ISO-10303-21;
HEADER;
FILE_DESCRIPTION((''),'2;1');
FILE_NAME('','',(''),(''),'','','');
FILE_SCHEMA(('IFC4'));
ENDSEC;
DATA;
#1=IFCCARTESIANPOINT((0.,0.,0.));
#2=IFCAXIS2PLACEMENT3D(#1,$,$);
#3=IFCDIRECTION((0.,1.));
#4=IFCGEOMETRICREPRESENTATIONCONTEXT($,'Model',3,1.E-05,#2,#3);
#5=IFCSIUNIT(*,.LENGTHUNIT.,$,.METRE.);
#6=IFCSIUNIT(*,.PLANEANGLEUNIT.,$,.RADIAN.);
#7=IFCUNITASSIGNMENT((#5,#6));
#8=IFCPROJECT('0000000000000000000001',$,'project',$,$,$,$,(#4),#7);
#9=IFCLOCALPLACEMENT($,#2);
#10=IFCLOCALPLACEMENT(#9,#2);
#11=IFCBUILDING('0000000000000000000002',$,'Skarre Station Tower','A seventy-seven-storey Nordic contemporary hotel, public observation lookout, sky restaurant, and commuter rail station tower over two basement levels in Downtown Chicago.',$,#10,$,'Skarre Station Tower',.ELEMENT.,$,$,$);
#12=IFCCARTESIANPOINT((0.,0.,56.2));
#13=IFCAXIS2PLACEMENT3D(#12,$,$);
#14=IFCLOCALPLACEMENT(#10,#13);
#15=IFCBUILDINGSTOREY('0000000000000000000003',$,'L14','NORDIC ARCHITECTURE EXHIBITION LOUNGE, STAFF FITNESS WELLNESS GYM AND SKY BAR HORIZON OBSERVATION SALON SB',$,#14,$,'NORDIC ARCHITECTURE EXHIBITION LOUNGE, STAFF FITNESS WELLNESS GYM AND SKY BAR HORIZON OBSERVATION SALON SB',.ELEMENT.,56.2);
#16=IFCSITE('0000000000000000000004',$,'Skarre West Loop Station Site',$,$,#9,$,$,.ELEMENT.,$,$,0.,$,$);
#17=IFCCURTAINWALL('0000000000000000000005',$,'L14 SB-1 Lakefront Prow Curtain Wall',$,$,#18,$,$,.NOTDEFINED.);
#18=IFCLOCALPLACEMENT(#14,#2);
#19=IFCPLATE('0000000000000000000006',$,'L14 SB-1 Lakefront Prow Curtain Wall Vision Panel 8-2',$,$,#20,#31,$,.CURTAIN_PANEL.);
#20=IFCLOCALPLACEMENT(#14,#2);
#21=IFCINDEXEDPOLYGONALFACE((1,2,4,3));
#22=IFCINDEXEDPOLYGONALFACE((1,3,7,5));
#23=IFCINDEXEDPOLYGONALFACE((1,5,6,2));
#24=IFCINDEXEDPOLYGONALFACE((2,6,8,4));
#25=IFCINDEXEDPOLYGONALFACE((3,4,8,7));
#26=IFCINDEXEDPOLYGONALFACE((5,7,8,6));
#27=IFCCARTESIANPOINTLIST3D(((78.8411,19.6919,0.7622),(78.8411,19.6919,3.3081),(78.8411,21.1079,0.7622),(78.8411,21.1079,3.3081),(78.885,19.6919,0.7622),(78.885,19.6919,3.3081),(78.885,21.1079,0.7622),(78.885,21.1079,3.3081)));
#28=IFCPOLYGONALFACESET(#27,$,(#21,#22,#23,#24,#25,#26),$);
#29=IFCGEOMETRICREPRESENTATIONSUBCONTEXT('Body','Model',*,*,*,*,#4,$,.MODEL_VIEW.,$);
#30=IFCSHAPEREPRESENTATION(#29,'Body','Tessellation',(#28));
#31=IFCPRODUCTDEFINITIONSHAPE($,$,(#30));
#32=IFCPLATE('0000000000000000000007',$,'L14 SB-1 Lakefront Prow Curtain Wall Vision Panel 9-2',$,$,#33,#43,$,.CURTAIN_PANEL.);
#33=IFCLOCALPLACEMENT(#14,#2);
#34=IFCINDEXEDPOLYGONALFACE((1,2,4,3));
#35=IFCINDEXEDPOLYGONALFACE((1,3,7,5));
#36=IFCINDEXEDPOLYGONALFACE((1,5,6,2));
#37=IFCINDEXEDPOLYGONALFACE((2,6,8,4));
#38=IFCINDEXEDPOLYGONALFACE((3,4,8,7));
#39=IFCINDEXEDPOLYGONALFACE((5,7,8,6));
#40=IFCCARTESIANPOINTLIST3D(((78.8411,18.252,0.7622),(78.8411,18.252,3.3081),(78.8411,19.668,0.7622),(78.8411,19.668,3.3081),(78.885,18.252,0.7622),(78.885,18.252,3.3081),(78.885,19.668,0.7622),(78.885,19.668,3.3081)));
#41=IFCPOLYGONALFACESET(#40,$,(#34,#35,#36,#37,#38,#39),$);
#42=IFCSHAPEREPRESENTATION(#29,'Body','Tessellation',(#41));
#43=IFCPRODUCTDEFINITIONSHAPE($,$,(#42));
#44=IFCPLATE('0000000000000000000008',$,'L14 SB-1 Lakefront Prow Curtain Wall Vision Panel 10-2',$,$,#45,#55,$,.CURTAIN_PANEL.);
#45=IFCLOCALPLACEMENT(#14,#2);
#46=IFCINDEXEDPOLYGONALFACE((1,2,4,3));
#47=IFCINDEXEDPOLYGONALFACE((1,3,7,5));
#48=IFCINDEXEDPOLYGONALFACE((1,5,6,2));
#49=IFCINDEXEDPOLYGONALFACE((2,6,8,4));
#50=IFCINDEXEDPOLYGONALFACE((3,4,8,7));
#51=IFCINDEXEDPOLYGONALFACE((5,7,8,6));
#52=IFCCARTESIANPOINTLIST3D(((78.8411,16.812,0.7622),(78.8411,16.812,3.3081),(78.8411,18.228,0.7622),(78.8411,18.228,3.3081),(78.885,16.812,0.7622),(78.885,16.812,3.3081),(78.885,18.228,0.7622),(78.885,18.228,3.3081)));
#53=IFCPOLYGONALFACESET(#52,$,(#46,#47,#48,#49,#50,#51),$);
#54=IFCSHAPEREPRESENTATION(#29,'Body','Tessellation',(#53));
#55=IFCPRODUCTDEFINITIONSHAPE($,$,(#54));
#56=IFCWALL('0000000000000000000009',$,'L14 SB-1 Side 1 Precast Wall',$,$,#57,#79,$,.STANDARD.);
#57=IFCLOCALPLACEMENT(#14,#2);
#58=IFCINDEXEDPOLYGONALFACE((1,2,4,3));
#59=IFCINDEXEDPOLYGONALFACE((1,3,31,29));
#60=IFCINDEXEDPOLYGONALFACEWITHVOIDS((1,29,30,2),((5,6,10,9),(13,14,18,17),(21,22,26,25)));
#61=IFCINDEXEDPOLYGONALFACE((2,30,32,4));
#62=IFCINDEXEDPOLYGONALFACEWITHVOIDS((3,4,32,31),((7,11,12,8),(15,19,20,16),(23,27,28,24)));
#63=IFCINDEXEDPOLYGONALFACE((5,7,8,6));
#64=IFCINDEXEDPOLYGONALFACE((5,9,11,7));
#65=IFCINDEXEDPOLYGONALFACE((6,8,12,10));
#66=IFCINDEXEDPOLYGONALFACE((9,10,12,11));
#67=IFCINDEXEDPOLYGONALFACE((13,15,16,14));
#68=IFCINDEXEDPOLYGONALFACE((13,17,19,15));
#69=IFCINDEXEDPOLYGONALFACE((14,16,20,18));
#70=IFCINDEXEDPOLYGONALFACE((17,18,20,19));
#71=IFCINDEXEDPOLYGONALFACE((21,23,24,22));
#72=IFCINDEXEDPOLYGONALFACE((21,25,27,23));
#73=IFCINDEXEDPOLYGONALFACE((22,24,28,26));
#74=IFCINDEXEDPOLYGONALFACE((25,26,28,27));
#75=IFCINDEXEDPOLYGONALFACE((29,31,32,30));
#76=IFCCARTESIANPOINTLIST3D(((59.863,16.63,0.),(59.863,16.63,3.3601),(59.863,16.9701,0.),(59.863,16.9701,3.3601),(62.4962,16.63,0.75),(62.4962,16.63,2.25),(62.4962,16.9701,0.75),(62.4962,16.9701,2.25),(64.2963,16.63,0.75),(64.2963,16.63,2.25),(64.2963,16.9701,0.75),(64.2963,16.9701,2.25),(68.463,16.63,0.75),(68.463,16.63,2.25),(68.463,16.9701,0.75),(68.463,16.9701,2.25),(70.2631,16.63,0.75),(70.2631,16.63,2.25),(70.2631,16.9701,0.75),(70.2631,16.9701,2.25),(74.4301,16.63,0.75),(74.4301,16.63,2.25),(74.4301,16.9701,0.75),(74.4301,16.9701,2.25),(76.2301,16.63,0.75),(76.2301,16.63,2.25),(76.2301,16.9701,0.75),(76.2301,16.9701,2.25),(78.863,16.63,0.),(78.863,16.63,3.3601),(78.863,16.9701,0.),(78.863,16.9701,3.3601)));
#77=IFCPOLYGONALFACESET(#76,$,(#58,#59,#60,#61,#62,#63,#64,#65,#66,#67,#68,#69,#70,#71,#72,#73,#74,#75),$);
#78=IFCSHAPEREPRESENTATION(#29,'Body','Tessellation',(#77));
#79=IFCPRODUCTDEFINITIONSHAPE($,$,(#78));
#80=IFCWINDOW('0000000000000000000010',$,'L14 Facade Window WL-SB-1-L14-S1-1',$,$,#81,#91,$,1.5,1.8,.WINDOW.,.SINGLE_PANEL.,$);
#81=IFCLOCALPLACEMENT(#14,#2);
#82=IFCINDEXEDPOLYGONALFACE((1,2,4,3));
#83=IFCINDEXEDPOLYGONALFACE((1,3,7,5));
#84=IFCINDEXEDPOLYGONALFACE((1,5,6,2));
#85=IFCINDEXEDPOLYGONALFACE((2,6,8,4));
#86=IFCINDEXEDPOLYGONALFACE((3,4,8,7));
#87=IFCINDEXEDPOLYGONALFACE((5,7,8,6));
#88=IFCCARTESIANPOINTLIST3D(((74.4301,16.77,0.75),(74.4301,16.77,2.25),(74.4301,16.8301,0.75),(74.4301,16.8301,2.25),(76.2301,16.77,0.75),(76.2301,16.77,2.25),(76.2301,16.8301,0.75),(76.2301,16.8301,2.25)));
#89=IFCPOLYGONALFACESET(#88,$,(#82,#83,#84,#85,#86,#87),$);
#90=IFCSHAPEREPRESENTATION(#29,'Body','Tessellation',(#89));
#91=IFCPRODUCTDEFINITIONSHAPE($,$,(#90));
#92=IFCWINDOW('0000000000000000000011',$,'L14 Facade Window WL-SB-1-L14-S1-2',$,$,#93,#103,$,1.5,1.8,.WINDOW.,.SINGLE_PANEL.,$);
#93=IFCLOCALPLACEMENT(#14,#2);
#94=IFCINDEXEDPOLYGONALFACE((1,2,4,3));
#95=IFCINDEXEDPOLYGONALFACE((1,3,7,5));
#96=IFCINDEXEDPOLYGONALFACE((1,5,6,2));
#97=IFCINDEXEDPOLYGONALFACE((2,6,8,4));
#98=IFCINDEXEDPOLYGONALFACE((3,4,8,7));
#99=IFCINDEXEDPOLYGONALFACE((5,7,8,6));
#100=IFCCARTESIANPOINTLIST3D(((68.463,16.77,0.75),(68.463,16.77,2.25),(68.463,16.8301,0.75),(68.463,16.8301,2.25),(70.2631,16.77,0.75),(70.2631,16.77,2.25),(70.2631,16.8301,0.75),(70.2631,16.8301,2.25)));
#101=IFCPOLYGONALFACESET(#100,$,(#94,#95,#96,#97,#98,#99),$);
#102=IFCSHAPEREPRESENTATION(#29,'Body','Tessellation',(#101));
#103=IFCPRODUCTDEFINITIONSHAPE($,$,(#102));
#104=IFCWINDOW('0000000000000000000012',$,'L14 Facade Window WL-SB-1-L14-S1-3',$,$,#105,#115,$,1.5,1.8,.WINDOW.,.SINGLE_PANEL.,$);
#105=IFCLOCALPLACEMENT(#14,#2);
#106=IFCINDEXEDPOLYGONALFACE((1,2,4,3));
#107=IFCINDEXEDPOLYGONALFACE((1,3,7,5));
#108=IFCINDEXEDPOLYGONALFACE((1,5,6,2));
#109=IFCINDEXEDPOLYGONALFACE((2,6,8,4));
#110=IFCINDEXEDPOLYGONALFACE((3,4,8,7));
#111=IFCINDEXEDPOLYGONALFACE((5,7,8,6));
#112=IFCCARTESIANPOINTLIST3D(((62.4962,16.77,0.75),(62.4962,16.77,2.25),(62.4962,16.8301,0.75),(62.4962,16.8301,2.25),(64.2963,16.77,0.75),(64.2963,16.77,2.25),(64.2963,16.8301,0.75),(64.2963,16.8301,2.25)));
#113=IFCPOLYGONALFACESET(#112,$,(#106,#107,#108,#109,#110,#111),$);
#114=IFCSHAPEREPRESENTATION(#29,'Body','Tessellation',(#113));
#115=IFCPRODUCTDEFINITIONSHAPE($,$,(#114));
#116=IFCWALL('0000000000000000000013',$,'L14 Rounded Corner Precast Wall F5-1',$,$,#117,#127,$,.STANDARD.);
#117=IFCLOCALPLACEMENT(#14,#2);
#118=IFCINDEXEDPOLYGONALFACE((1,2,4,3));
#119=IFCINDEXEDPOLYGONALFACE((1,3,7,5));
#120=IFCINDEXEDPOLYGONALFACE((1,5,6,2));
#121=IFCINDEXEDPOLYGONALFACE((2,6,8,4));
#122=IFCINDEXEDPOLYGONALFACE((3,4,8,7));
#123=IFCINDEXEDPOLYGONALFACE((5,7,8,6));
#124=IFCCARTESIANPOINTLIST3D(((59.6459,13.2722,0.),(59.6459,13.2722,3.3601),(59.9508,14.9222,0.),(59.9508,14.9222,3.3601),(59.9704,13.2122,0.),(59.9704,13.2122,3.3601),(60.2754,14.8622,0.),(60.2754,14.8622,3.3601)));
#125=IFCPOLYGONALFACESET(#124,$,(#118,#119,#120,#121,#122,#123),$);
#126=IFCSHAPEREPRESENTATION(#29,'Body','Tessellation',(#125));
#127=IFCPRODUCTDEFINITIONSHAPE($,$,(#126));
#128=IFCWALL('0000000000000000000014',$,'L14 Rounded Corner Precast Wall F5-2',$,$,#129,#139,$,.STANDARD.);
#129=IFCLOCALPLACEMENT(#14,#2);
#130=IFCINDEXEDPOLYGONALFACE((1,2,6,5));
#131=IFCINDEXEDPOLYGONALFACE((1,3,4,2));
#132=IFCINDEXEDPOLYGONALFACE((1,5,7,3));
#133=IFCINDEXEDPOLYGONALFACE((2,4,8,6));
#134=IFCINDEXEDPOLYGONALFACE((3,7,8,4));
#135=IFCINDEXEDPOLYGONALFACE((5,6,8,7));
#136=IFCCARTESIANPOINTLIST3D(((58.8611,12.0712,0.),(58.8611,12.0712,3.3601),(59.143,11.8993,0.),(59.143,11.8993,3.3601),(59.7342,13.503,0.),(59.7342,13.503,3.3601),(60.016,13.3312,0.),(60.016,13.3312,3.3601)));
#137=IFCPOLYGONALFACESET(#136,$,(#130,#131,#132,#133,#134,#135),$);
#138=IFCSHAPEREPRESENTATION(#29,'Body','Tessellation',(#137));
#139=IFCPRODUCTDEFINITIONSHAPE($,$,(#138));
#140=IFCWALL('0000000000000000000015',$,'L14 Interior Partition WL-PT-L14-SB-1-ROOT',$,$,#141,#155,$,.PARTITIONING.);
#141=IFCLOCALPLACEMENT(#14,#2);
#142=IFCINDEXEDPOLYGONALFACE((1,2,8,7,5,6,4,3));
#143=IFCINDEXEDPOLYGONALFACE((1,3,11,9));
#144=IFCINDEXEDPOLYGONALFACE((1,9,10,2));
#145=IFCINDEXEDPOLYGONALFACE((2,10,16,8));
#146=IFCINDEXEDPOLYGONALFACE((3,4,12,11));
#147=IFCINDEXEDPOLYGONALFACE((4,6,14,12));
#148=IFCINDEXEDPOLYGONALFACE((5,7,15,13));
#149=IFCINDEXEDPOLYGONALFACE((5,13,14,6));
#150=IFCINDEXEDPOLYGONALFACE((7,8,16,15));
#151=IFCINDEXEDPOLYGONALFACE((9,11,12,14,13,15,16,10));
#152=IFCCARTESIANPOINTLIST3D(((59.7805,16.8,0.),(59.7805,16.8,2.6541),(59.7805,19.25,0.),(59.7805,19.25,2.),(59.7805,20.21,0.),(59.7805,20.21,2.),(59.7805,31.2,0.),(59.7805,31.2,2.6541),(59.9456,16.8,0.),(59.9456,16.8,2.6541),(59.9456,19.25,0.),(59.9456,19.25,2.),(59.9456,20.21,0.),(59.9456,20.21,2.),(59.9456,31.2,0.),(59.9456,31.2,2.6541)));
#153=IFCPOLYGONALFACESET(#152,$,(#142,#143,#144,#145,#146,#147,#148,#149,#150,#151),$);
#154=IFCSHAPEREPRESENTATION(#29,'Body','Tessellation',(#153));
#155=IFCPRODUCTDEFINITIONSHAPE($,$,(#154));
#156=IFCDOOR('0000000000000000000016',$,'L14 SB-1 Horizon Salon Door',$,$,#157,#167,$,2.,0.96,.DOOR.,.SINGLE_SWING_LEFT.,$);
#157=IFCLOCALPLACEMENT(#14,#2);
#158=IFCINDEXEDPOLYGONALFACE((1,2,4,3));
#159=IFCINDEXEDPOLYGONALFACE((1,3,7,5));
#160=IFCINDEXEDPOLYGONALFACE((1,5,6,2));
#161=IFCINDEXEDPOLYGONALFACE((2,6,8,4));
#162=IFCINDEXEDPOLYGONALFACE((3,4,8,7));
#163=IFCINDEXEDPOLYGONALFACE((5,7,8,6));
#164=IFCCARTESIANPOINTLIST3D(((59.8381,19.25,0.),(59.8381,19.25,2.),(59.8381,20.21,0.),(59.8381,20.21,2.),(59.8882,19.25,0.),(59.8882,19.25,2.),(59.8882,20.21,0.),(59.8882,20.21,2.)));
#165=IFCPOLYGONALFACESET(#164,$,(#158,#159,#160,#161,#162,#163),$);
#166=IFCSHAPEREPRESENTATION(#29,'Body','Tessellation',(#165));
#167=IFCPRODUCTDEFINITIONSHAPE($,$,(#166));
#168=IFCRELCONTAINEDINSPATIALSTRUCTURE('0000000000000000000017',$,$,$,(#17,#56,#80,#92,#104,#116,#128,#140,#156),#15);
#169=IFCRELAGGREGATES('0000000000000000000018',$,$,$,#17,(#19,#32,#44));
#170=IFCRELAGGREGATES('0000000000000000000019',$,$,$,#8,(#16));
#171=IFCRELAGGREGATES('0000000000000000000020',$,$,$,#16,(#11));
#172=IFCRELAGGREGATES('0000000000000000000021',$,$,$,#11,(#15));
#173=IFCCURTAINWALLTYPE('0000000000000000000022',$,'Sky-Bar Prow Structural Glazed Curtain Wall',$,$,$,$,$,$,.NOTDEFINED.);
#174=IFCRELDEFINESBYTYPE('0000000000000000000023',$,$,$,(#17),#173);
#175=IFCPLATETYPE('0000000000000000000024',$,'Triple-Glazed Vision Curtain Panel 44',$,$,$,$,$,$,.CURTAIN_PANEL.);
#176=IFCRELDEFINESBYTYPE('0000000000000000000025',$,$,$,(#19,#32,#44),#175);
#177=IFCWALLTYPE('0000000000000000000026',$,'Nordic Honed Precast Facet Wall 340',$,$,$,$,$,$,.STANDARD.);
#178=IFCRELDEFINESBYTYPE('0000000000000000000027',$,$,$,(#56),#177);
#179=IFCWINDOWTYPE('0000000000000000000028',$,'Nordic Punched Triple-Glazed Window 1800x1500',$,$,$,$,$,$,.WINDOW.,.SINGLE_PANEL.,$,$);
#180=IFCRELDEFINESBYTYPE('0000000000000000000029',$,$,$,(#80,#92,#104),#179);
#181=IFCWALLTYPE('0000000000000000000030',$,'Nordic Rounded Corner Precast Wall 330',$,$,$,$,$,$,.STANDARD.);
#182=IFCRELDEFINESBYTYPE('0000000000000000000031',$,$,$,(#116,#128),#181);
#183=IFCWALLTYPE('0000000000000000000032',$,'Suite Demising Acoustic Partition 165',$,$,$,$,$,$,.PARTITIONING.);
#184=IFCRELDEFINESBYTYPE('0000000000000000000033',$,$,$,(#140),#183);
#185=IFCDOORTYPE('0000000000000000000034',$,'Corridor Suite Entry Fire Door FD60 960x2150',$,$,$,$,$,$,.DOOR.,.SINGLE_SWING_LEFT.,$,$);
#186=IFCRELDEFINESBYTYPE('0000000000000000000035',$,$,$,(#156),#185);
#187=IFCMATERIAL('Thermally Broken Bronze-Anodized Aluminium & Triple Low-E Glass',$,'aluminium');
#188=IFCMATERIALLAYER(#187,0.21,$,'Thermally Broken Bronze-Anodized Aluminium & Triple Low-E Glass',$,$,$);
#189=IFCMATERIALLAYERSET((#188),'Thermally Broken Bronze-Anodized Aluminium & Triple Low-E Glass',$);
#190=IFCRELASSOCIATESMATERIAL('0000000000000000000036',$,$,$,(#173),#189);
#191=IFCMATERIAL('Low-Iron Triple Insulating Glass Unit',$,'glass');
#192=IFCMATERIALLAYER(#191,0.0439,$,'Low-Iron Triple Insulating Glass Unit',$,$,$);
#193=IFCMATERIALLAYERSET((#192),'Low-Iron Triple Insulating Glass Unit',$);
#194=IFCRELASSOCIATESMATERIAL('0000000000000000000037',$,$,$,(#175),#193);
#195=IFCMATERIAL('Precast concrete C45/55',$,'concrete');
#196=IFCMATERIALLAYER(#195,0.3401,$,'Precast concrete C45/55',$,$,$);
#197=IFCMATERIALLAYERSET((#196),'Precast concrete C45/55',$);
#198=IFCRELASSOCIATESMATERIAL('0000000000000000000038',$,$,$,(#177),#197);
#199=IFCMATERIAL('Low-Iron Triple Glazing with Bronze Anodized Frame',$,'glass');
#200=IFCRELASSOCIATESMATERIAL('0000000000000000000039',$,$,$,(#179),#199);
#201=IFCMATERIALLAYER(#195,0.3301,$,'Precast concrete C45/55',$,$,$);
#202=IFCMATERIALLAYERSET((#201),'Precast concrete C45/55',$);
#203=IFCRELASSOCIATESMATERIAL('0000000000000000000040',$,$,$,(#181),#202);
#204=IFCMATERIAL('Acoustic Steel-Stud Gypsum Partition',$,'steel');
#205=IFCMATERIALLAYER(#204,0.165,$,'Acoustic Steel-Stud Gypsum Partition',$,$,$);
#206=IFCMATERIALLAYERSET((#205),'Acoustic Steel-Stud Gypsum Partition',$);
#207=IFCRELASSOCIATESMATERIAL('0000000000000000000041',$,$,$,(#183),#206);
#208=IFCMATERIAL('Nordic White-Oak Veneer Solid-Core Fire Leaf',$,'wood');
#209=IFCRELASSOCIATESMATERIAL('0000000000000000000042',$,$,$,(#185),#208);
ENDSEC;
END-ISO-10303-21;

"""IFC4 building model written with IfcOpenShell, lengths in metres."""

from ifc_helpers import new_model, si_unit, direction, frame, frame_2d, origin, origin_2d, place, context, subcontext, project, spatial, rectangle, extrude, material, layer, layer_set, type_object, element, fill, aggregate, save


model = new_model("IFC4")

# Units and contexts
model_context = context("Model", 3, precision=1e-05, world=origin(), true_north=direction((0.0, 1.0)))
body_context = subcontext(model_context, "Body", "Model", "MODEL_VIEW")
ifc_project = project(units=[si_unit("LENGTHUNIT", "METRE"), si_unit("PLANEANGLEUNIT", "RADIAN")], contexts=[model_context])

# Site, building, storey
site_placement = place(None, origin())
site = spatial("IfcSite", under=ifc_project, at=site_placement, Name="Skarre West Loop Station Site", CompositionType="ELEMENT", RefElevation=0.0)
building_placement = place(site_placement, origin())
building = spatial("IfcBuilding", under=site, at=building_placement, Name="Skarre Station Tower", Description="A seventy-seven-storey Nordic contemporary hotel, public observation lookout, sky restaurant, and commuter rail station tower over two basement levels in Downtown Chicago.", LongName="Skarre Station Tower", CompositionType="ELEMENT")
storey_placement = place(building_placement, frame((0.0, 0.0, 56.2)))
storey = spatial("IfcBuildingStorey", under=building, at=storey_placement, Name="L14", Description="NORDIC ARCHITECTURE EXHIBITION LOUNGE, STAFF FITNESS WELLNESS GYM AND SKY BAR HORIZON OBSERVATION SALON SB", LongName="NORDIC ARCHITECTURE EXHIBITION LOUNGE, STAFF FITNESS WELLNESS GYM AND SKY BAR HORIZON OBSERVATION SALON SB", CompositionType="ELEMENT", Elevation=56.2)

# Curtain wall
ifc_material_1 = material(Name="Thermally Broken Bronze-Anodized Aluminium & Triple Low-E Glass", Category="aluminium")
ifc_layer_1 = layer(ifc_material_1, 0.21, Name="Thermally Broken Bronze-Anodized Aluminium & Triple Low-E Glass")
ifc_layer_set_1 = layer_set([ifc_layer_1], Name="Thermally Broken Bronze-Anodized Aluminium & Triple Low-E Glass")
curtain_wall_type = type_object("IfcCurtainWallType", Name="Sky-Bar Prow Structural Glazed Curtain Wall", PredefinedType="NOTDEFINED", material=ifc_layer_set_1)
curtain_wall_placement = place(storey_placement, origin())
curtain_wall = element("IfcCurtainWall", 1, at=curtain_wall_placement, inside=storey, type_object=curtain_wall_type, Name="L14 SB-1 Lakefront Prow Curtain Wall", PredefinedType="NOTDEFINED")

# Plates
ifc_material_2 = material(Name="Low-Iron Triple Insulating Glass Unit", Category="glass")
ifc_layer_2 = layer(ifc_material_2, 0.0439, Name="Low-Iron Triple Insulating Glass Unit")
ifc_layer_set_2 = layer_set([ifc_layer_2], Name="Low-Iron Triple Insulating Glass Unit")
plate_type_1 = type_object("IfcPlateType", Name="Triple-Glazed Vision Curtain Panel 44", PredefinedType="CURTAIN_PANEL", material=ifc_layer_set_2)
plate_1_placement = place(storey_placement, frame((78.863, 20.3999, 0.7622), z_axis=(0.0, 0.0, 1.0), x_axis=(0.0, -1.0, 0.0)))
plate_1 = element("IfcPlate", 2, at=plate_1_placement, type_object=plate_type_1, Name="L14 SB-1 Lakefront Prow Curtain Wall Vision Panel 8-2", PredefinedType="CURTAIN_PANEL", context=body_context, shape_type="SweptSolid", body=[
    extrude(rectangle(XDim=1.416, YDim=0.0439, at=origin_2d()), origin(), (0.0, 0.0, 1.0), 2.5459),
])
plate_2_placement = place(storey_placement, frame((78.863, 18.96, 0.7622), z_axis=(0.0, 0.0, 1.0), x_axis=(0.0, -1.0, 0.0)))
plate_2 = element("IfcPlate", 3, at=plate_2_placement, type_object=plate_type_1, Name="L14 SB-1 Lakefront Prow Curtain Wall Vision Panel 9-2", PredefinedType="CURTAIN_PANEL", context=body_context, shape_type="SweptSolid", body=[
    extrude(rectangle(XDim=1.416, YDim=0.0439, at=origin_2d()), origin(), (0.0, 0.0, 1.0), 2.5459),
])
plate_3_placement = place(storey_placement, frame((78.863, 17.52, 0.7622), z_axis=(0.0, 0.0, 1.0), x_axis=(0.0, -1.0, 0.0)))
plate_3 = element("IfcPlate", 4, at=plate_3_placement, type_object=plate_type_1, Name="L14 SB-1 Lakefront Prow Curtain Wall Vision Panel 10-2", PredefinedType="CURTAIN_PANEL", context=body_context, shape_type="SweptSolid", body=[
    extrude(rectangle(XDim=1.416, YDim=0.0439, at=origin_2d()), origin(), (0.0, 0.0, 1.0), 2.5459),
])
aggregate(curtain_wall, [plate_1, plate_2, plate_3])

# Wall, openings, windows
ifc_material_3 = material(Name="Precast concrete C45/55", Category="concrete")
ifc_layer_3 = layer(ifc_material_3, 0.3401, Name="Precast concrete C45/55")
ifc_layer_set_3 = layer_set([ifc_layer_3], Name="Precast concrete C45/55")
wall_type_1 = type_object("IfcWallType", Name="Nordic Honed Precast Facet Wall 340", PredefinedType="STANDARD", material=ifc_layer_set_3)
wall_1_placement = place(storey_placement, frame((78.863, 16.8, 0.0), z_axis=(0.0, 0.0, 1.0), x_axis=(-1.0, 0.0, 0.0)))
wall_1 = element("IfcWall", 5, at=wall_1_placement, inside=storey, type_object=wall_type_1, Name="L14 SB-1 Side 1 Precast Wall", PredefinedType="STANDARD", context=body_context, shape_type="SweptSolid", body=[
    extrude(rectangle(XDim=19.0, YDim=0.3401, at=frame_2d((9.5, 0.0))), origin(), (0.0, 0.0, 1.0), 3.3601),
])
opening_1_placement = place(wall_1_placement, frame((2.6331, 0.0, 0.75)))
opening_1 = element("IfcOpeningElement", 6, at=opening_1_placement, cuts=wall_1, PredefinedType="OPENING", context=body_context, shape_type="SweptSolid", body=[
    extrude(rectangle(XDim=1.8, YDim=1.5, at=frame_2d((0.8999, 0.75))), frame((0.0, 0.1799, 0.0), z_axis=(0.0, -1.0, 0.0), x_axis=(1.0, 0.0, 0.0)), (0.0, 0.0, 1.0), 0.3601),
])
opening_2_placement = place(wall_1_placement, frame((8.6001, 0.0, 0.75)))
opening_2 = element("IfcOpeningElement", 7, at=opening_2_placement, cuts=wall_1, PredefinedType="OPENING", context=body_context, shape_type="SweptSolid", body=[
    extrude(rectangle(XDim=1.8, YDim=1.5, at=frame_2d((0.8999, 0.75))), frame((0.0, 0.1799, 0.0), z_axis=(0.0, -1.0, 0.0), x_axis=(1.0, 0.0, 0.0)), (0.0, 0.0, 1.0), 0.3601),
])
opening_3_placement = place(wall_1_placement, frame((14.5669, 0.0, 0.75)))
opening_3 = element("IfcOpeningElement", 8, at=opening_3_placement, cuts=wall_1, PredefinedType="OPENING", context=body_context, shape_type="SweptSolid", body=[
    extrude(rectangle(XDim=1.8, YDim=1.5, at=frame_2d((0.8999, 0.75))), frame((0.0, 0.1799, 0.0), z_axis=(0.0, -1.0, 0.0), x_axis=(1.0, 0.0, 0.0)), (0.0, 0.0, 1.0), 0.3601),
])
ifc_material_4 = material(Name="Low-Iron Triple Glazing with Bronze Anodized Frame", Category="glass")
window_type = type_object("IfcWindowType", Name="Nordic Punched Triple-Glazed Window 1800x1500", PartitioningType="SINGLE_PANEL", PredefinedType="WINDOW", material=ifc_material_4)
window_1_placement = place(opening_1_placement, origin())
window_1 = element("IfcWindow", 9, at=window_1_placement, inside=storey, type_object=window_type, Name="L14 Facade Window WL-SB-1-L14-S1-1", OverallHeight=1.5, OverallWidth=1.8, PartitioningType="SINGLE_PANEL", PredefinedType="WINDOW", context=body_context, shape_type="SweptSolid", body=[
    extrude(rectangle(XDim=1.8, YDim=1.5, at=frame_2d((0.8999, 0.75))), frame((0.0, 0.03, 0.0), z_axis=(0.0, -1.0, 0.0), x_axis=(1.0, 0.0, 0.0)), (0.0, 0.0, 1.0), 0.0601),
])
fill(opening_1, window_1)
window_2_placement = place(opening_2_placement, origin())
window_2 = element("IfcWindow", 10, at=window_2_placement, inside=storey, type_object=window_type, Name="L14 Facade Window WL-SB-1-L14-S1-2", OverallHeight=1.5, OverallWidth=1.8, PartitioningType="SINGLE_PANEL", PredefinedType="WINDOW", context=body_context, shape_type="SweptSolid", body=[
    extrude(rectangle(XDim=1.8, YDim=1.5, at=frame_2d((0.8999, 0.75))), frame((0.0, 0.03, 0.0), z_axis=(0.0, -1.0, 0.0), x_axis=(1.0, 0.0, 0.0)), (0.0, 0.0, 1.0), 0.0601),
])
fill(opening_2, window_2)
window_3_placement = place(opening_3_placement, origin())
window_3 = element("IfcWindow", 11, at=window_3_placement, inside=storey, type_object=window_type, Name="L14 Facade Window WL-SB-1-L14-S1-3", OverallHeight=1.5, OverallWidth=1.8, PartitioningType="SINGLE_PANEL", PredefinedType="WINDOW", context=body_context, shape_type="SweptSolid", body=[
    extrude(rectangle(XDim=1.8, YDim=1.5, at=frame_2d((0.8999, 0.75))), frame((0.0, 0.03, 0.0), z_axis=(0.0, -1.0, 0.0), x_axis=(1.0, 0.0, 0.0)), (0.0, 0.0, 1.0), 0.0601),
])
fill(opening_3, window_3)

# Walls
ifc_layer_4 = layer(ifc_material_3, 0.3301, Name="Precast concrete C45/55")
ifc_layer_set_4 = layer_set([ifc_layer_4], Name="Precast concrete C45/55")
wall_type_2 = type_object("IfcWallType", Name="Nordic Rounded Corner Precast Wall 330", PredefinedType="STANDARD", material=ifc_layer_set_4)
wall_2_placement = place(storey_placement, frame((60.113, 14.8921, 0.0), z_axis=(0.0, 0.0, 1.0), x_axis=(-0.181714, -0.983351, 0.0)))
element("IfcWall", 12, at=wall_2_placement, inside=storey, type_object=wall_type_2, Name="L14 Rounded Corner Precast Wall F5-1", PredefinedType="STANDARD", context=body_context, shape_type="SweptSolid", body=[
    extrude(rectangle(XDim=1.678, YDim=0.3301, at=frame_2d((0.8389, 0.0))), origin(), (0.0, 0.0, 1.0), 3.3601),
])
wall_3_placement = place(storey_placement, frame((59.875, 13.417, 0.0), z_axis=(0.0, 0.0, 1.0), x_axis=(-0.520584, -0.85381, 0.0)))
element("IfcWall", 13, at=wall_3_placement, inside=storey, type_object=wall_type_2, Name="L14 Rounded Corner Precast Wall F5-2", PredefinedType="STANDARD", context=body_context, shape_type="SweptSolid", body=[
    extrude(rectangle(XDim=1.677, YDim=0.3301, at=frame_2d((0.8384, 0.0))), origin(), (0.0, 0.0, 1.0), 3.3601),
])

# Wall, opening, door
ifc_material_5 = material(Name="Acoustic Steel-Stud Gypsum Partition", Category="steel")
ifc_layer_5 = layer(ifc_material_5, 0.165, Name="Acoustic Steel-Stud Gypsum Partition")
ifc_layer_set_5 = layer_set([ifc_layer_5], Name="Acoustic Steel-Stud Gypsum Partition")
wall_type_3 = type_object("IfcWallType", Name="Suite Demising Acoustic Partition 165", PredefinedType="PARTITIONING", material=ifc_layer_set_5)
wall_4_placement = place(storey_placement, frame((59.863, 16.8, 0.0), z_axis=(0.0, 0.0, 1.0), x_axis=(0.0, 1.0, 0.0)))
wall_4 = element("IfcWall", 14, at=wall_4_placement, inside=storey, type_object=wall_type_3, Name="L14 Interior Partition WL-PT-L14-SB-1-ROOT", PredefinedType="PARTITIONING", context=body_context, shape_type="SweptSolid", body=[
    extrude(rectangle(XDim=14.3999, YDim=0.165, at=frame_2d((7.2, 0.0))), origin(), (0.0, 0.0, 1.0), 2.6541),
])
opening_4_placement = place(wall_4_placement, frame((2.45, 0.0, 0.0)))
opening_4 = element("IfcOpeningElement", 15, at=opening_4_placement, cuts=wall_4, PredefinedType="OPENING", context=body_context, shape_type="SweptSolid", body=[
    extrude(rectangle(XDim=0.96, YDim=2.0, at=frame_2d((0.48, 1.0))), frame((0.0, 0.0925, 0.0), z_axis=(0.0, -1.0, 0.0), x_axis=(1.0, 0.0, 0.0)), (0.0, 0.0, 1.0), 0.1851),
])
ifc_material_6 = material(Name="Nordic White-Oak Veneer Solid-Core Fire Leaf", Category="wood")
door_type = type_object("IfcDoorType", Name="Corridor Suite Entry Fire Door FD60 960x2150", OperationType="SINGLE_SWING_LEFT", PredefinedType="DOOR", material=ifc_material_6)
door_placement = place(opening_4_placement, origin())
door = element("IfcDoor", 16, at=door_placement, inside=storey, type_object=door_type, Name="L14 SB-1 Horizon Salon Door", OperationType="SINGLE_SWING_LEFT", OverallHeight=2.0, OverallWidth=0.96, PredefinedType="DOOR", context=body_context, shape_type="SweptSolid", body=[
    extrude(rectangle(XDim=0.96, YDim=2.0, at=frame_2d((0.48, 1.0))), frame((0.0, 0.0249, 0.0), z_axis=(0.0, -1.0, 0.0), x_axis=(1.0, 0.0, 0.0)), (0.0, 0.0, 1.0), 0.05),
])
fill(opening_4, door)

save(model, "model.ifc")
